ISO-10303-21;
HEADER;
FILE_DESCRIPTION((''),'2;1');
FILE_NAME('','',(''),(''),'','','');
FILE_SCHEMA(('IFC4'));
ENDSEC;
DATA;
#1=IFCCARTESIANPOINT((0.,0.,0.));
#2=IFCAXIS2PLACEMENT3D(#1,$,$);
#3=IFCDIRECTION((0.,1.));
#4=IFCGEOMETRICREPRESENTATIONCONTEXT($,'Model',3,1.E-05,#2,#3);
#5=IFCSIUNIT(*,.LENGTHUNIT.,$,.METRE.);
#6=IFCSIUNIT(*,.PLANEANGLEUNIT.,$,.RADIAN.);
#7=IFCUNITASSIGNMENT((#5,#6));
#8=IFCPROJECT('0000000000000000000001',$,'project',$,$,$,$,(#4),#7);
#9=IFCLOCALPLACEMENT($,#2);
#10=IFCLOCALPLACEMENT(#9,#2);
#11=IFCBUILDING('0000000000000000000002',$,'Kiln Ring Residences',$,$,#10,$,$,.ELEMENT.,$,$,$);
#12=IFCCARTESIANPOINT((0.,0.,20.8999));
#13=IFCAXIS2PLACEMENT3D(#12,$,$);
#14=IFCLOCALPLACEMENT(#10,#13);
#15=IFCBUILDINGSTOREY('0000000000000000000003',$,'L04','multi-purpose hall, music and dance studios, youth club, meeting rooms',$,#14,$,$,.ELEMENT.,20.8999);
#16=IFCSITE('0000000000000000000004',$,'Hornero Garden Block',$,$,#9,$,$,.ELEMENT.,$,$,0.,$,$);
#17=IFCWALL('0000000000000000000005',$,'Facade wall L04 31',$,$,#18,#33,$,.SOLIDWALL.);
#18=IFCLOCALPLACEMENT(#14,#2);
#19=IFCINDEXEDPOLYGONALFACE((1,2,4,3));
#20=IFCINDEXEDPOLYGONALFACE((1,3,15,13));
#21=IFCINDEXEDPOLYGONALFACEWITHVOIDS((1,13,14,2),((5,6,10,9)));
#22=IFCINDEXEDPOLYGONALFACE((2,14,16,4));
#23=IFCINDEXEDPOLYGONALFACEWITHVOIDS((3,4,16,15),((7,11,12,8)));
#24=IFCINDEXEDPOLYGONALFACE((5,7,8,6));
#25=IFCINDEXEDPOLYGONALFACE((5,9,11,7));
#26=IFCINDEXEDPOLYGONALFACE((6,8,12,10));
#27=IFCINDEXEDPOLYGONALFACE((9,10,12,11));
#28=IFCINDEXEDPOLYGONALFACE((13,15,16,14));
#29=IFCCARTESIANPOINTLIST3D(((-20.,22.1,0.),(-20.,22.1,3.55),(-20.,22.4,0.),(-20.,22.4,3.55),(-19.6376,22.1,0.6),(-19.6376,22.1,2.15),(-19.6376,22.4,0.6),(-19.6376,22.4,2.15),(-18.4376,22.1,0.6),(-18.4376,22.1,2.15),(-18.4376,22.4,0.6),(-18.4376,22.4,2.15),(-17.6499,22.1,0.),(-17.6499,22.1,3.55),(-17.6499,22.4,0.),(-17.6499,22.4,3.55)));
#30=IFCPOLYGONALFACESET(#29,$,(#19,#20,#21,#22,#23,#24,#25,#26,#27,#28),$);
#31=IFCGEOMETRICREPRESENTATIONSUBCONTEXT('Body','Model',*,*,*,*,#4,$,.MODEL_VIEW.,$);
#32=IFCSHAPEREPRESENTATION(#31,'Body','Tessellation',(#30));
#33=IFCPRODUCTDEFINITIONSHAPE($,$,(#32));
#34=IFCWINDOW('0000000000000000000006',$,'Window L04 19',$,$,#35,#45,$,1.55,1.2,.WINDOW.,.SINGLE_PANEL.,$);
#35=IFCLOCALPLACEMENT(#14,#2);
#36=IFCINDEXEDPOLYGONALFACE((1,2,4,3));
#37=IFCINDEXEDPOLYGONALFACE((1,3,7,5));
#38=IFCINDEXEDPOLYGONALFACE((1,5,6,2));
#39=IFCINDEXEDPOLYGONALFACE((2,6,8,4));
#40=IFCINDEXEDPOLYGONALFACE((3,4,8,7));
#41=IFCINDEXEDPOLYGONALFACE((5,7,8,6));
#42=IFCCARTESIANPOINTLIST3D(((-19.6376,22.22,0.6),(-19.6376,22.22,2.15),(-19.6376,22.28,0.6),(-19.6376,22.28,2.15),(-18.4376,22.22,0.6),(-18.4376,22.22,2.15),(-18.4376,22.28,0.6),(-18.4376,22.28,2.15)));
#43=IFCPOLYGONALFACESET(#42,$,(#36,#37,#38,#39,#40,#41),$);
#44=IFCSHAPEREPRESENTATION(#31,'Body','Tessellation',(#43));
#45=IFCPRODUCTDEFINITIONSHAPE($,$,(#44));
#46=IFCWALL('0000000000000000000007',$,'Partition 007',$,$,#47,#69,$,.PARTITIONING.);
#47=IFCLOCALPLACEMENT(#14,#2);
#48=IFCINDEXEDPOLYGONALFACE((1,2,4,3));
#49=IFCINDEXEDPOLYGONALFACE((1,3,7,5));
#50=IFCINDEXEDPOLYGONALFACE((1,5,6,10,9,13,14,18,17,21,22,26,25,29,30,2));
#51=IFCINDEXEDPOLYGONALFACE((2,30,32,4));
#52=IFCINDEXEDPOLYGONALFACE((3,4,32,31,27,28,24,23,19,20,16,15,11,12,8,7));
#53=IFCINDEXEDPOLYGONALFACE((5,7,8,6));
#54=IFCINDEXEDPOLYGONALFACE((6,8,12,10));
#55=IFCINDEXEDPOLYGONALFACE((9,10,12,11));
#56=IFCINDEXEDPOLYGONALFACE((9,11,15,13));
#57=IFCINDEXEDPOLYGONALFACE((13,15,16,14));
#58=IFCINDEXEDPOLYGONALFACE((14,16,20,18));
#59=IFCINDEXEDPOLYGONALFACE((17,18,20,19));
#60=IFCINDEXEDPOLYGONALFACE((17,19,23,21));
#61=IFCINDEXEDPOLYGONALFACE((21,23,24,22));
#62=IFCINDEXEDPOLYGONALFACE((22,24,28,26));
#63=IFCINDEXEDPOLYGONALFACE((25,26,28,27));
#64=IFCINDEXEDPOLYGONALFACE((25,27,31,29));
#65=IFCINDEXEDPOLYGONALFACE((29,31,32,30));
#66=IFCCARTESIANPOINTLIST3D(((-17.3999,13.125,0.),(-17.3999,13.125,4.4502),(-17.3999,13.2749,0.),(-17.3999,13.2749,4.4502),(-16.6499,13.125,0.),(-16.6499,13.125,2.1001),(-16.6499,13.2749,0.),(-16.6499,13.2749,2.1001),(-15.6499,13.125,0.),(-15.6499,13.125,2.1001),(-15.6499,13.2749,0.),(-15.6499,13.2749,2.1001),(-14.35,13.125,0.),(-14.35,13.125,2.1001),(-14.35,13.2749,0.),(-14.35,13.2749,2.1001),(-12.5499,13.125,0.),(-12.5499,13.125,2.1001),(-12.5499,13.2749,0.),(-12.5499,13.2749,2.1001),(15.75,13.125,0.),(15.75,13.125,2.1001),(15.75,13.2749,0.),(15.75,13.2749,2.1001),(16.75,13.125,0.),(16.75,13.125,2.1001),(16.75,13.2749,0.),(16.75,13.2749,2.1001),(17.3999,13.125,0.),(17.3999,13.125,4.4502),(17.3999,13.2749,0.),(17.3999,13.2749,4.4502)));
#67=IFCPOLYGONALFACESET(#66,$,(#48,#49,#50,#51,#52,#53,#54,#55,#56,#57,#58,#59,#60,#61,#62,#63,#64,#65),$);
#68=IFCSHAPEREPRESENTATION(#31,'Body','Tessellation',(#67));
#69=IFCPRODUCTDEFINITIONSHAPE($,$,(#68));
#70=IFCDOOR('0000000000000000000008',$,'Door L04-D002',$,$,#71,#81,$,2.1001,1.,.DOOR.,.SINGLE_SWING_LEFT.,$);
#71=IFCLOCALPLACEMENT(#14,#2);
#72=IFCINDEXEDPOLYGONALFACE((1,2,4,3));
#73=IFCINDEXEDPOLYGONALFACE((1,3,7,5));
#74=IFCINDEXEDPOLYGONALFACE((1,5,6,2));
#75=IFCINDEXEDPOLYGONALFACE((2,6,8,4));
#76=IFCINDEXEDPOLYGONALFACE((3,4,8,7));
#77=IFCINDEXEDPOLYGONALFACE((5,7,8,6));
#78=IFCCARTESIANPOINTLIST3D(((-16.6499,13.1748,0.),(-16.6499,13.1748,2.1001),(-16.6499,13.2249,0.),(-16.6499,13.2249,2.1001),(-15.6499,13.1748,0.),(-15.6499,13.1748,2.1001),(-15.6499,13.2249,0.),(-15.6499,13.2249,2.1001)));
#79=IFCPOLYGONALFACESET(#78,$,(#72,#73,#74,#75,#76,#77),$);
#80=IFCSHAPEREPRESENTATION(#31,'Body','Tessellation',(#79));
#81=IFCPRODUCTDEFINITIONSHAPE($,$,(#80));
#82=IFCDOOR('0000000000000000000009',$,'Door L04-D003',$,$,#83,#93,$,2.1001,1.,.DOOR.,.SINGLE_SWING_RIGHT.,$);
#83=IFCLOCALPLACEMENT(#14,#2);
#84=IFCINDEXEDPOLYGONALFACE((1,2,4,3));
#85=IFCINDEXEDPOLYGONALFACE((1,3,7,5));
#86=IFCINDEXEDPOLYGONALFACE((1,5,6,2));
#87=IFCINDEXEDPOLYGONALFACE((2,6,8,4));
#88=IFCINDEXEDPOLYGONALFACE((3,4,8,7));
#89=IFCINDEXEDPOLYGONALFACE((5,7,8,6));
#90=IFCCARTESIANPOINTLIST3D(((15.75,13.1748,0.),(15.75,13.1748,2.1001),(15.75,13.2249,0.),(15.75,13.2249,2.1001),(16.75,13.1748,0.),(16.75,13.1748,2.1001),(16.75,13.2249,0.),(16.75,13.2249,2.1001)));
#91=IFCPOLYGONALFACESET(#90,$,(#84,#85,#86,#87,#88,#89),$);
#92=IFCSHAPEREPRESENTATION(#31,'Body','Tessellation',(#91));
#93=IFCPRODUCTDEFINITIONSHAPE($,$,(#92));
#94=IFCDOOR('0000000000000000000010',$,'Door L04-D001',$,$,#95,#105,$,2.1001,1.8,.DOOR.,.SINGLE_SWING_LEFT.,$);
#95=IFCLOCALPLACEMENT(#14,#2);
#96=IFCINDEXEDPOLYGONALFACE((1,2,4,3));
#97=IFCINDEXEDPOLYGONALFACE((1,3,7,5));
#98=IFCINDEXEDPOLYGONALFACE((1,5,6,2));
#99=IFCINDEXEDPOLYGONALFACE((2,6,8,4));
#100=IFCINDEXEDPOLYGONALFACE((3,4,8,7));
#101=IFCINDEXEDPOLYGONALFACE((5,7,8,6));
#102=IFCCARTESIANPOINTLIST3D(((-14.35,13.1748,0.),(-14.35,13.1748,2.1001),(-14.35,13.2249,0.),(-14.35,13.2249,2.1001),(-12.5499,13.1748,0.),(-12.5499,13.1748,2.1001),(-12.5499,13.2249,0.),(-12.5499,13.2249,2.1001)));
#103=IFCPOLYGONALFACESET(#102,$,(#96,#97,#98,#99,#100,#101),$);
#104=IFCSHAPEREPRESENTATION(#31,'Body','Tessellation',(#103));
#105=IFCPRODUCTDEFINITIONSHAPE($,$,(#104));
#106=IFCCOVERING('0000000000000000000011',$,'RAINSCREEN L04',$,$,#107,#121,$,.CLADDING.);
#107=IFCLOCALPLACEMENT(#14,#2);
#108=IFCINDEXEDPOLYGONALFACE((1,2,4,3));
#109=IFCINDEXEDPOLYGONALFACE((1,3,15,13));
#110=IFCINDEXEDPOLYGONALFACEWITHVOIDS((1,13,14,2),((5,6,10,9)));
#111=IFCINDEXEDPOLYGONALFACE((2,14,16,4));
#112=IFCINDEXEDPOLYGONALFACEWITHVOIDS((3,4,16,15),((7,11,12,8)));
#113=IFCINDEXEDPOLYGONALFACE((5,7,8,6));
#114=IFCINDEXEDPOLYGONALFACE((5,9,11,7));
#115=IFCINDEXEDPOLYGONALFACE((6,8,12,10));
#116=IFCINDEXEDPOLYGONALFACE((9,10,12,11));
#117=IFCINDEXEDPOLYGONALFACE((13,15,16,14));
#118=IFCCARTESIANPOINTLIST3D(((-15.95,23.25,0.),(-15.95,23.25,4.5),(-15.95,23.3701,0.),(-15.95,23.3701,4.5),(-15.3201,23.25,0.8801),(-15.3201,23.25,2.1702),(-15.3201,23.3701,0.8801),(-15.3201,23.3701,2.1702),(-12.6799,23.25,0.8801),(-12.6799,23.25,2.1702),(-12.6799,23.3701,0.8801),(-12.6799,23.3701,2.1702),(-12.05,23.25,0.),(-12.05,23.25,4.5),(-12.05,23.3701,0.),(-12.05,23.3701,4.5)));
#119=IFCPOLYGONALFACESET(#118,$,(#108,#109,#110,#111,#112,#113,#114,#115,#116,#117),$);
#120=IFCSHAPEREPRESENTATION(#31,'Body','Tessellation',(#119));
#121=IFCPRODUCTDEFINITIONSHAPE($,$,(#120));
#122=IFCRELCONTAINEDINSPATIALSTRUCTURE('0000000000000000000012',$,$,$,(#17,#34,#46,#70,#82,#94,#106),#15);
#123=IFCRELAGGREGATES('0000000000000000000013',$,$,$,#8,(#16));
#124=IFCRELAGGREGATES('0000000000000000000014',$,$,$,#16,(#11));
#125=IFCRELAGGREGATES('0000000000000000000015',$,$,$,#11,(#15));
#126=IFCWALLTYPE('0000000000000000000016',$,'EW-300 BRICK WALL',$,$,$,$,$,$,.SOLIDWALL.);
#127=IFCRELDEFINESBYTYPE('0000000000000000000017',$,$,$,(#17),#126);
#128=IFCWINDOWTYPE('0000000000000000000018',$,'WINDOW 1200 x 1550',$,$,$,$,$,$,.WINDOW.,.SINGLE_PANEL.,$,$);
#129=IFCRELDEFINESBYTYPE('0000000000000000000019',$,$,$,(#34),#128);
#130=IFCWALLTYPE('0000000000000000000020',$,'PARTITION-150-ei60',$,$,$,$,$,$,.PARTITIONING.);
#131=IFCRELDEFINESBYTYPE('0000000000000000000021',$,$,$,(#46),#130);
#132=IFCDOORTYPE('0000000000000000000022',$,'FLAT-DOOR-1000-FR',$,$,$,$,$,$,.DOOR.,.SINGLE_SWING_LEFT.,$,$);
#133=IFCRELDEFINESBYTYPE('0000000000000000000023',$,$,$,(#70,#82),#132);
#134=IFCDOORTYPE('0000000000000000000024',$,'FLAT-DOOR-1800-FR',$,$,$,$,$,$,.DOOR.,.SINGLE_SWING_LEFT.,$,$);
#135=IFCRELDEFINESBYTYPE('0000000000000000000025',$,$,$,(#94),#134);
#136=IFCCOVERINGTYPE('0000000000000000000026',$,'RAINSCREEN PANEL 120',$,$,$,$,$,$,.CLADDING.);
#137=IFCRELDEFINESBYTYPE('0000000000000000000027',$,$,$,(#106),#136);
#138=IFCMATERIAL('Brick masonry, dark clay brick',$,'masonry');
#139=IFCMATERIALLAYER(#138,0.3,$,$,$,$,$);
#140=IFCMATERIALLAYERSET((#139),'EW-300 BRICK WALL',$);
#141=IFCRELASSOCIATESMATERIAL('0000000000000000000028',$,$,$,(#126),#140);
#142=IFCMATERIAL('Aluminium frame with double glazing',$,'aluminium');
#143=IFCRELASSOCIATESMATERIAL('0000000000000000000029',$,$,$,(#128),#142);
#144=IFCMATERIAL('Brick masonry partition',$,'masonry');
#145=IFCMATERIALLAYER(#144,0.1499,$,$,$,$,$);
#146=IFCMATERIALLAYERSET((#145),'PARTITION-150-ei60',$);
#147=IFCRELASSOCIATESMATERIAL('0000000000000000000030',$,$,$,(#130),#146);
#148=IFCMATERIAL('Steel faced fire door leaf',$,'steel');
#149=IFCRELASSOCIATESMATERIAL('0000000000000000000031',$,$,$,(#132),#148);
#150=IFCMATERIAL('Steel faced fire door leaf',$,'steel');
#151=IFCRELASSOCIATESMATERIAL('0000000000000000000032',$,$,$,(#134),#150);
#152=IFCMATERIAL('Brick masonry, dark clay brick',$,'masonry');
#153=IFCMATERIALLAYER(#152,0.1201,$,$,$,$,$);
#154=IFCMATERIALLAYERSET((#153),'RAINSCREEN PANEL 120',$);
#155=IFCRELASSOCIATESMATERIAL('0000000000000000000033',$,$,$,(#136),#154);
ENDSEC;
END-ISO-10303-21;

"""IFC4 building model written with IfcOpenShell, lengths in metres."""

from ifc_helpers import new_model, si_unit, direction, frame, frame_2d, origin, place, context, subcontext, project, spatial, polyline, rectangle, outline, extrude, material, layer, layer_set, type_object, element, fill, save


model = new_model("IFC4")

# Units and contexts
model_context = context("Model", 3, precision=1e-05, world=origin(), true_north=direction((0.0, 1.0)))
body_context = subcontext(model_context, "Body", "Model", "MODEL_VIEW")
ifc_project = project(units=[si_unit("LENGTHUNIT", "METRE"), si_unit("PLANEANGLEUNIT", "RADIAN")], contexts=[model_context])

# Site, building, storey
site_placement = place(None, origin())
site = spatial("IfcSite", under=ifc_project, at=site_placement, Name="Hornero Garden Block", CompositionType="ELEMENT", RefElevation=0.0)
building_placement = place(site_placement, origin())
building = spatial("IfcBuilding", under=site, at=building_placement, Name="Kiln Ring Residences", CompositionType="ELEMENT")
storey_placement = place(building_placement, frame((0.0, 0.0, 20.8999)))
storey = spatial("IfcBuildingStorey", under=building, at=storey_placement, Name="L04", Description="multi-purpose hall, music and dance studios, youth club, meeting rooms", CompositionType="ELEMENT", Elevation=20.8999)

# Wall, opening, window
ifc_material_1 = material(Name="Brick masonry, dark clay brick", Category="masonry")
ifc_layer_1 = layer(ifc_material_1, 0.3)
ifc_layer_set_1 = layer_set([ifc_layer_1], Name="EW-300 BRICK WALL")
wall_type_1 = type_object("IfcWallType", Name="EW-300 BRICK WALL", PredefinedType="SOLIDWALL", material=ifc_layer_set_1)
wall_1_placement = place(storey_placement, frame((-17.6499, 22.25, 0.0), z_axis=(0.0, 0.0, 1.0), x_axis=(-1.0, 0.0, 0.0)))
wall_1 = element("IfcWall", 1, at=wall_1_placement, inside=storey, type_object=wall_type_1, Name="Facade wall L04 31", PredefinedType="SOLIDWALL", context=body_context, shape_type="SweptSolid", body=[
    extrude(rectangle(XDim=2.3501, YDim=0.3, at=frame_2d((1.175, 0.0))), origin(), (0.0, 0.0, 1.0), 3.55),
])
opening_1_placement = place(wall_1_placement, frame((0.7876, 0.0, 0.6001)))
opening_1 = element("IfcOpeningElement", 2, at=opening_1_placement, cuts=wall_1, PredefinedType="OPENING", context=body_context, shape_type="SweptSolid", body=[
    extrude(rectangle(XDim=1.2, YDim=1.55, at=frame_2d((0.6001, 0.7749))), frame((0.0, 0.1599, 0.0), z_axis=(0.0, -1.0, 0.0), x_axis=(1.0, 0.0, 0.0)), (0.0, 0.0, 1.0), 0.3201),
])
ifc_material_2 = material(Name="Aluminium frame with double glazing", Category="aluminium")
window_type_1 = type_object("IfcWindowType", Name="WINDOW 1200 x 1550", PartitioningType="SINGLE_PANEL", PredefinedType="WINDOW", material=ifc_material_2)
window_1_placement = place(opening_1_placement, origin())
window_1 = element("IfcWindow", 3, at=window_1_placement, inside=storey, type_object=window_type_1, Name="Window L04 19", OverallHeight=1.55, OverallWidth=1.2, PartitioningType="SINGLE_PANEL", PredefinedType="WINDOW", context=body_context, shape_type="SweptSolid", body=[
    extrude(rectangle(XDim=1.2, YDim=1.55, at=frame_2d((0.6001, 0.7749))), frame((0.0, 0.03, 0.0), z_axis=(0.0, -1.0, 0.0), x_axis=(1.0, 0.0, 0.0)), (0.0, 0.0, 1.0), 0.0601),
])
fill(opening_1, window_1)

# Wall, openings, doors
ifc_material_3 = material(Name="Brick masonry partition", Category="masonry")
ifc_layer_2 = layer(ifc_material_3, 0.1499)
ifc_layer_set_2 = layer_set([ifc_layer_2], Name="PARTITION-150-ei60")
wall_type_2 = type_object("IfcWallType", Name="PARTITION-150-ei60", PredefinedType="PARTITIONING", material=ifc_layer_set_2)
wall_2_placement = place(storey_placement, frame((-17.3999, 13.2, 0.0), z_axis=(0.0, 0.0, 1.0), x_axis=(1.0, 0.0, 0.0)))
wall_2 = element("IfcWall", 4, at=wall_2_placement, inside=storey, type_object=wall_type_2, Name="Partition 007", PredefinedType="PARTITIONING", context=body_context, shape_type="SweptSolid", body=[
    extrude(rectangle(XDim=34.7998, YDim=0.1499, at=frame_2d((17.3999, 0.0))), origin(), (0.0, 0.0, 1.0), 4.4502),
])
opening_2_placement = place(wall_2_placement, frame((3.05, 0.0, 0.0)))
opening_2 = element("IfcOpeningElement", 5, at=opening_2_placement, cuts=wall_2, PredefinedType="OPENING", context=body_context, shape_type="SweptSolid", body=[
    extrude(rectangle(XDim=1.8, YDim=2.1001, at=frame_2d((0.8999, 1.05))), frame((0.0, 0.085, 0.0), z_axis=(0.0, -1.0, 0.0), x_axis=(1.0, 0.0, 0.0)), (0.0, 0.0, 1.0), 0.1699),
])
opening_3_placement = place(wall_2_placement, frame((0.75, 0.0, 0.0)))
opening_3 = element("IfcOpeningElement", 6, at=opening_3_placement, cuts=wall_2, PredefinedType="OPENING", context=body_context, shape_type="SweptSolid", body=[
    extrude(rectangle(XDim=1.0, YDim=2.1001, at=frame_2d((0.5, 1.05))), frame((0.0, 0.085, 0.0), z_axis=(0.0, -1.0, 0.0), x_axis=(1.0, 0.0, 0.0)), (0.0, 0.0, 1.0), 0.1699),
])
opening_4_placement = place(wall_2_placement, frame((33.1499, 0.0, 0.0)))
opening_4 = element("IfcOpeningElement", 7, at=opening_4_placement, cuts=wall_2, PredefinedType="OPENING", context=body_context, shape_type="SweptSolid", body=[
    extrude(rectangle(XDim=1.0, YDim=2.1001, at=frame_2d((0.5, 1.05))), frame((0.0, 0.085, 0.0), z_axis=(0.0, -1.0, 0.0), x_axis=(1.0, 0.0, 0.0)), (0.0, 0.0, 1.0), 0.1699),
])
ifc_material_4 = material(Name="Steel faced fire door leaf", Category="steel")
door_type_1 = type_object("IfcDoorType", Name="FLAT-DOOR-1000-FR", OperationType="SINGLE_SWING_LEFT", PredefinedType="DOOR", material=ifc_material_4)
door_1_placement = place(opening_3_placement, origin())
door_1 = element("IfcDoor", 8, at=door_1_placement, inside=storey, type_object=door_type_1, Name="Door L04-D002", OperationType="SINGLE_SWING_LEFT", OverallHeight=2.1001, OverallWidth=1.0, PredefinedType="DOOR", context=body_context, shape_type="SweptSolid", body=[
    extrude(rectangle(XDim=1.0, YDim=2.1001, at=frame_2d((0.5, 1.05))), frame((0.0, 0.0249, 0.0), z_axis=(0.0, -1.0, 0.0), x_axis=(1.0, 0.0, 0.0)), (0.0, 0.0, 1.0), 0.05),
])
fill(opening_3, door_1)
door_2_placement = place(opening_4_placement, origin())
door_2 = element("IfcDoor", 9, at=door_2_placement, inside=storey, type_object=door_type_1, Name="Door L04-D003", OperationType="SINGLE_SWING_RIGHT", OverallHeight=2.1001, OverallWidth=1.0, PredefinedType="DOOR", context=body_context, shape_type="SweptSolid", body=[
    extrude(rectangle(XDim=1.0, YDim=2.1001, at=frame_2d((0.5, 1.05))), frame((0.0, 0.0249, 0.0), z_axis=(0.0, -1.0, 0.0), x_axis=(1.0, 0.0, 0.0)), (0.0, 0.0, 1.0), 0.05),
])
fill(opening_4, door_2)
ifc_material_5 = material(Name="Steel faced fire door leaf", Category="steel")
door_type_2 = type_object("IfcDoorType", Name="FLAT-DOOR-1800-FR", OperationType="SINGLE_SWING_LEFT", PredefinedType="DOOR", material=ifc_material_5)
door_3_placement = place(opening_2_placement, origin())
door_3 = element("IfcDoor", 10, at=door_3_placement, inside=storey, type_object=door_type_2, Name="Door L04-D001", OperationType="SINGLE_SWING_LEFT", OverallHeight=2.1001, OverallWidth=1.8, PredefinedType="DOOR", context=body_context, shape_type="SweptSolid", body=[
    extrude(rectangle(XDim=1.8, YDim=2.1001, at=frame_2d((0.8999, 1.05))), frame((0.0, 0.0249, 0.0), z_axis=(0.0, -1.0, 0.0), x_axis=(1.0, 0.0, 0.0)), (0.0, 0.0, 1.0), 0.05),
])
fill(opening_2, door_3)

# Covering
ifc_material_6 = material(Name="Brick masonry, dark clay brick", Category="masonry")
ifc_layer_3 = layer(ifc_material_6, 0.1201)
ifc_layer_set_3 = layer_set([ifc_layer_3], Name="RAINSCREEN PANEL 120")
covering_type = type_object("IfcCoveringType", Name="RAINSCREEN PANEL 120", PredefinedType="CLADDING", material=ifc_layer_set_3)
covering_placement = place(storey_placement, frame((-12.05, 23.3101, 0.0), z_axis=(0.0, 0.0, 1.0), x_axis=(-1.0, 0.0, 0.0)))
element("IfcCovering", 11, at=covering_placement, inside=storey, type_object=covering_type, Name="RAINSCREEN L04", PredefinedType="CLADDING", context=body_context, shape_type="SweptSolid", body=[
    extrude(outline(polyline([(0.0, 0.0), (3.8999, 0.0), (3.8999, 4.5), (0.0, 4.5), (0.0, 0.0)]), holes=[polyline([(0.6299, 2.1702), (0.6299, 0.8801), (3.27, 0.8801), (3.27, 2.1702), (0.6299, 2.1702)])]), frame((0.0, 0.0601, 0.0), z_axis=(0.0, -1.0, 0.0), x_axis=(1.0, 0.0, 0.0)), (0.0, 0.0, 1.0), 0.1201),
])

save(model, "model.ifc")
